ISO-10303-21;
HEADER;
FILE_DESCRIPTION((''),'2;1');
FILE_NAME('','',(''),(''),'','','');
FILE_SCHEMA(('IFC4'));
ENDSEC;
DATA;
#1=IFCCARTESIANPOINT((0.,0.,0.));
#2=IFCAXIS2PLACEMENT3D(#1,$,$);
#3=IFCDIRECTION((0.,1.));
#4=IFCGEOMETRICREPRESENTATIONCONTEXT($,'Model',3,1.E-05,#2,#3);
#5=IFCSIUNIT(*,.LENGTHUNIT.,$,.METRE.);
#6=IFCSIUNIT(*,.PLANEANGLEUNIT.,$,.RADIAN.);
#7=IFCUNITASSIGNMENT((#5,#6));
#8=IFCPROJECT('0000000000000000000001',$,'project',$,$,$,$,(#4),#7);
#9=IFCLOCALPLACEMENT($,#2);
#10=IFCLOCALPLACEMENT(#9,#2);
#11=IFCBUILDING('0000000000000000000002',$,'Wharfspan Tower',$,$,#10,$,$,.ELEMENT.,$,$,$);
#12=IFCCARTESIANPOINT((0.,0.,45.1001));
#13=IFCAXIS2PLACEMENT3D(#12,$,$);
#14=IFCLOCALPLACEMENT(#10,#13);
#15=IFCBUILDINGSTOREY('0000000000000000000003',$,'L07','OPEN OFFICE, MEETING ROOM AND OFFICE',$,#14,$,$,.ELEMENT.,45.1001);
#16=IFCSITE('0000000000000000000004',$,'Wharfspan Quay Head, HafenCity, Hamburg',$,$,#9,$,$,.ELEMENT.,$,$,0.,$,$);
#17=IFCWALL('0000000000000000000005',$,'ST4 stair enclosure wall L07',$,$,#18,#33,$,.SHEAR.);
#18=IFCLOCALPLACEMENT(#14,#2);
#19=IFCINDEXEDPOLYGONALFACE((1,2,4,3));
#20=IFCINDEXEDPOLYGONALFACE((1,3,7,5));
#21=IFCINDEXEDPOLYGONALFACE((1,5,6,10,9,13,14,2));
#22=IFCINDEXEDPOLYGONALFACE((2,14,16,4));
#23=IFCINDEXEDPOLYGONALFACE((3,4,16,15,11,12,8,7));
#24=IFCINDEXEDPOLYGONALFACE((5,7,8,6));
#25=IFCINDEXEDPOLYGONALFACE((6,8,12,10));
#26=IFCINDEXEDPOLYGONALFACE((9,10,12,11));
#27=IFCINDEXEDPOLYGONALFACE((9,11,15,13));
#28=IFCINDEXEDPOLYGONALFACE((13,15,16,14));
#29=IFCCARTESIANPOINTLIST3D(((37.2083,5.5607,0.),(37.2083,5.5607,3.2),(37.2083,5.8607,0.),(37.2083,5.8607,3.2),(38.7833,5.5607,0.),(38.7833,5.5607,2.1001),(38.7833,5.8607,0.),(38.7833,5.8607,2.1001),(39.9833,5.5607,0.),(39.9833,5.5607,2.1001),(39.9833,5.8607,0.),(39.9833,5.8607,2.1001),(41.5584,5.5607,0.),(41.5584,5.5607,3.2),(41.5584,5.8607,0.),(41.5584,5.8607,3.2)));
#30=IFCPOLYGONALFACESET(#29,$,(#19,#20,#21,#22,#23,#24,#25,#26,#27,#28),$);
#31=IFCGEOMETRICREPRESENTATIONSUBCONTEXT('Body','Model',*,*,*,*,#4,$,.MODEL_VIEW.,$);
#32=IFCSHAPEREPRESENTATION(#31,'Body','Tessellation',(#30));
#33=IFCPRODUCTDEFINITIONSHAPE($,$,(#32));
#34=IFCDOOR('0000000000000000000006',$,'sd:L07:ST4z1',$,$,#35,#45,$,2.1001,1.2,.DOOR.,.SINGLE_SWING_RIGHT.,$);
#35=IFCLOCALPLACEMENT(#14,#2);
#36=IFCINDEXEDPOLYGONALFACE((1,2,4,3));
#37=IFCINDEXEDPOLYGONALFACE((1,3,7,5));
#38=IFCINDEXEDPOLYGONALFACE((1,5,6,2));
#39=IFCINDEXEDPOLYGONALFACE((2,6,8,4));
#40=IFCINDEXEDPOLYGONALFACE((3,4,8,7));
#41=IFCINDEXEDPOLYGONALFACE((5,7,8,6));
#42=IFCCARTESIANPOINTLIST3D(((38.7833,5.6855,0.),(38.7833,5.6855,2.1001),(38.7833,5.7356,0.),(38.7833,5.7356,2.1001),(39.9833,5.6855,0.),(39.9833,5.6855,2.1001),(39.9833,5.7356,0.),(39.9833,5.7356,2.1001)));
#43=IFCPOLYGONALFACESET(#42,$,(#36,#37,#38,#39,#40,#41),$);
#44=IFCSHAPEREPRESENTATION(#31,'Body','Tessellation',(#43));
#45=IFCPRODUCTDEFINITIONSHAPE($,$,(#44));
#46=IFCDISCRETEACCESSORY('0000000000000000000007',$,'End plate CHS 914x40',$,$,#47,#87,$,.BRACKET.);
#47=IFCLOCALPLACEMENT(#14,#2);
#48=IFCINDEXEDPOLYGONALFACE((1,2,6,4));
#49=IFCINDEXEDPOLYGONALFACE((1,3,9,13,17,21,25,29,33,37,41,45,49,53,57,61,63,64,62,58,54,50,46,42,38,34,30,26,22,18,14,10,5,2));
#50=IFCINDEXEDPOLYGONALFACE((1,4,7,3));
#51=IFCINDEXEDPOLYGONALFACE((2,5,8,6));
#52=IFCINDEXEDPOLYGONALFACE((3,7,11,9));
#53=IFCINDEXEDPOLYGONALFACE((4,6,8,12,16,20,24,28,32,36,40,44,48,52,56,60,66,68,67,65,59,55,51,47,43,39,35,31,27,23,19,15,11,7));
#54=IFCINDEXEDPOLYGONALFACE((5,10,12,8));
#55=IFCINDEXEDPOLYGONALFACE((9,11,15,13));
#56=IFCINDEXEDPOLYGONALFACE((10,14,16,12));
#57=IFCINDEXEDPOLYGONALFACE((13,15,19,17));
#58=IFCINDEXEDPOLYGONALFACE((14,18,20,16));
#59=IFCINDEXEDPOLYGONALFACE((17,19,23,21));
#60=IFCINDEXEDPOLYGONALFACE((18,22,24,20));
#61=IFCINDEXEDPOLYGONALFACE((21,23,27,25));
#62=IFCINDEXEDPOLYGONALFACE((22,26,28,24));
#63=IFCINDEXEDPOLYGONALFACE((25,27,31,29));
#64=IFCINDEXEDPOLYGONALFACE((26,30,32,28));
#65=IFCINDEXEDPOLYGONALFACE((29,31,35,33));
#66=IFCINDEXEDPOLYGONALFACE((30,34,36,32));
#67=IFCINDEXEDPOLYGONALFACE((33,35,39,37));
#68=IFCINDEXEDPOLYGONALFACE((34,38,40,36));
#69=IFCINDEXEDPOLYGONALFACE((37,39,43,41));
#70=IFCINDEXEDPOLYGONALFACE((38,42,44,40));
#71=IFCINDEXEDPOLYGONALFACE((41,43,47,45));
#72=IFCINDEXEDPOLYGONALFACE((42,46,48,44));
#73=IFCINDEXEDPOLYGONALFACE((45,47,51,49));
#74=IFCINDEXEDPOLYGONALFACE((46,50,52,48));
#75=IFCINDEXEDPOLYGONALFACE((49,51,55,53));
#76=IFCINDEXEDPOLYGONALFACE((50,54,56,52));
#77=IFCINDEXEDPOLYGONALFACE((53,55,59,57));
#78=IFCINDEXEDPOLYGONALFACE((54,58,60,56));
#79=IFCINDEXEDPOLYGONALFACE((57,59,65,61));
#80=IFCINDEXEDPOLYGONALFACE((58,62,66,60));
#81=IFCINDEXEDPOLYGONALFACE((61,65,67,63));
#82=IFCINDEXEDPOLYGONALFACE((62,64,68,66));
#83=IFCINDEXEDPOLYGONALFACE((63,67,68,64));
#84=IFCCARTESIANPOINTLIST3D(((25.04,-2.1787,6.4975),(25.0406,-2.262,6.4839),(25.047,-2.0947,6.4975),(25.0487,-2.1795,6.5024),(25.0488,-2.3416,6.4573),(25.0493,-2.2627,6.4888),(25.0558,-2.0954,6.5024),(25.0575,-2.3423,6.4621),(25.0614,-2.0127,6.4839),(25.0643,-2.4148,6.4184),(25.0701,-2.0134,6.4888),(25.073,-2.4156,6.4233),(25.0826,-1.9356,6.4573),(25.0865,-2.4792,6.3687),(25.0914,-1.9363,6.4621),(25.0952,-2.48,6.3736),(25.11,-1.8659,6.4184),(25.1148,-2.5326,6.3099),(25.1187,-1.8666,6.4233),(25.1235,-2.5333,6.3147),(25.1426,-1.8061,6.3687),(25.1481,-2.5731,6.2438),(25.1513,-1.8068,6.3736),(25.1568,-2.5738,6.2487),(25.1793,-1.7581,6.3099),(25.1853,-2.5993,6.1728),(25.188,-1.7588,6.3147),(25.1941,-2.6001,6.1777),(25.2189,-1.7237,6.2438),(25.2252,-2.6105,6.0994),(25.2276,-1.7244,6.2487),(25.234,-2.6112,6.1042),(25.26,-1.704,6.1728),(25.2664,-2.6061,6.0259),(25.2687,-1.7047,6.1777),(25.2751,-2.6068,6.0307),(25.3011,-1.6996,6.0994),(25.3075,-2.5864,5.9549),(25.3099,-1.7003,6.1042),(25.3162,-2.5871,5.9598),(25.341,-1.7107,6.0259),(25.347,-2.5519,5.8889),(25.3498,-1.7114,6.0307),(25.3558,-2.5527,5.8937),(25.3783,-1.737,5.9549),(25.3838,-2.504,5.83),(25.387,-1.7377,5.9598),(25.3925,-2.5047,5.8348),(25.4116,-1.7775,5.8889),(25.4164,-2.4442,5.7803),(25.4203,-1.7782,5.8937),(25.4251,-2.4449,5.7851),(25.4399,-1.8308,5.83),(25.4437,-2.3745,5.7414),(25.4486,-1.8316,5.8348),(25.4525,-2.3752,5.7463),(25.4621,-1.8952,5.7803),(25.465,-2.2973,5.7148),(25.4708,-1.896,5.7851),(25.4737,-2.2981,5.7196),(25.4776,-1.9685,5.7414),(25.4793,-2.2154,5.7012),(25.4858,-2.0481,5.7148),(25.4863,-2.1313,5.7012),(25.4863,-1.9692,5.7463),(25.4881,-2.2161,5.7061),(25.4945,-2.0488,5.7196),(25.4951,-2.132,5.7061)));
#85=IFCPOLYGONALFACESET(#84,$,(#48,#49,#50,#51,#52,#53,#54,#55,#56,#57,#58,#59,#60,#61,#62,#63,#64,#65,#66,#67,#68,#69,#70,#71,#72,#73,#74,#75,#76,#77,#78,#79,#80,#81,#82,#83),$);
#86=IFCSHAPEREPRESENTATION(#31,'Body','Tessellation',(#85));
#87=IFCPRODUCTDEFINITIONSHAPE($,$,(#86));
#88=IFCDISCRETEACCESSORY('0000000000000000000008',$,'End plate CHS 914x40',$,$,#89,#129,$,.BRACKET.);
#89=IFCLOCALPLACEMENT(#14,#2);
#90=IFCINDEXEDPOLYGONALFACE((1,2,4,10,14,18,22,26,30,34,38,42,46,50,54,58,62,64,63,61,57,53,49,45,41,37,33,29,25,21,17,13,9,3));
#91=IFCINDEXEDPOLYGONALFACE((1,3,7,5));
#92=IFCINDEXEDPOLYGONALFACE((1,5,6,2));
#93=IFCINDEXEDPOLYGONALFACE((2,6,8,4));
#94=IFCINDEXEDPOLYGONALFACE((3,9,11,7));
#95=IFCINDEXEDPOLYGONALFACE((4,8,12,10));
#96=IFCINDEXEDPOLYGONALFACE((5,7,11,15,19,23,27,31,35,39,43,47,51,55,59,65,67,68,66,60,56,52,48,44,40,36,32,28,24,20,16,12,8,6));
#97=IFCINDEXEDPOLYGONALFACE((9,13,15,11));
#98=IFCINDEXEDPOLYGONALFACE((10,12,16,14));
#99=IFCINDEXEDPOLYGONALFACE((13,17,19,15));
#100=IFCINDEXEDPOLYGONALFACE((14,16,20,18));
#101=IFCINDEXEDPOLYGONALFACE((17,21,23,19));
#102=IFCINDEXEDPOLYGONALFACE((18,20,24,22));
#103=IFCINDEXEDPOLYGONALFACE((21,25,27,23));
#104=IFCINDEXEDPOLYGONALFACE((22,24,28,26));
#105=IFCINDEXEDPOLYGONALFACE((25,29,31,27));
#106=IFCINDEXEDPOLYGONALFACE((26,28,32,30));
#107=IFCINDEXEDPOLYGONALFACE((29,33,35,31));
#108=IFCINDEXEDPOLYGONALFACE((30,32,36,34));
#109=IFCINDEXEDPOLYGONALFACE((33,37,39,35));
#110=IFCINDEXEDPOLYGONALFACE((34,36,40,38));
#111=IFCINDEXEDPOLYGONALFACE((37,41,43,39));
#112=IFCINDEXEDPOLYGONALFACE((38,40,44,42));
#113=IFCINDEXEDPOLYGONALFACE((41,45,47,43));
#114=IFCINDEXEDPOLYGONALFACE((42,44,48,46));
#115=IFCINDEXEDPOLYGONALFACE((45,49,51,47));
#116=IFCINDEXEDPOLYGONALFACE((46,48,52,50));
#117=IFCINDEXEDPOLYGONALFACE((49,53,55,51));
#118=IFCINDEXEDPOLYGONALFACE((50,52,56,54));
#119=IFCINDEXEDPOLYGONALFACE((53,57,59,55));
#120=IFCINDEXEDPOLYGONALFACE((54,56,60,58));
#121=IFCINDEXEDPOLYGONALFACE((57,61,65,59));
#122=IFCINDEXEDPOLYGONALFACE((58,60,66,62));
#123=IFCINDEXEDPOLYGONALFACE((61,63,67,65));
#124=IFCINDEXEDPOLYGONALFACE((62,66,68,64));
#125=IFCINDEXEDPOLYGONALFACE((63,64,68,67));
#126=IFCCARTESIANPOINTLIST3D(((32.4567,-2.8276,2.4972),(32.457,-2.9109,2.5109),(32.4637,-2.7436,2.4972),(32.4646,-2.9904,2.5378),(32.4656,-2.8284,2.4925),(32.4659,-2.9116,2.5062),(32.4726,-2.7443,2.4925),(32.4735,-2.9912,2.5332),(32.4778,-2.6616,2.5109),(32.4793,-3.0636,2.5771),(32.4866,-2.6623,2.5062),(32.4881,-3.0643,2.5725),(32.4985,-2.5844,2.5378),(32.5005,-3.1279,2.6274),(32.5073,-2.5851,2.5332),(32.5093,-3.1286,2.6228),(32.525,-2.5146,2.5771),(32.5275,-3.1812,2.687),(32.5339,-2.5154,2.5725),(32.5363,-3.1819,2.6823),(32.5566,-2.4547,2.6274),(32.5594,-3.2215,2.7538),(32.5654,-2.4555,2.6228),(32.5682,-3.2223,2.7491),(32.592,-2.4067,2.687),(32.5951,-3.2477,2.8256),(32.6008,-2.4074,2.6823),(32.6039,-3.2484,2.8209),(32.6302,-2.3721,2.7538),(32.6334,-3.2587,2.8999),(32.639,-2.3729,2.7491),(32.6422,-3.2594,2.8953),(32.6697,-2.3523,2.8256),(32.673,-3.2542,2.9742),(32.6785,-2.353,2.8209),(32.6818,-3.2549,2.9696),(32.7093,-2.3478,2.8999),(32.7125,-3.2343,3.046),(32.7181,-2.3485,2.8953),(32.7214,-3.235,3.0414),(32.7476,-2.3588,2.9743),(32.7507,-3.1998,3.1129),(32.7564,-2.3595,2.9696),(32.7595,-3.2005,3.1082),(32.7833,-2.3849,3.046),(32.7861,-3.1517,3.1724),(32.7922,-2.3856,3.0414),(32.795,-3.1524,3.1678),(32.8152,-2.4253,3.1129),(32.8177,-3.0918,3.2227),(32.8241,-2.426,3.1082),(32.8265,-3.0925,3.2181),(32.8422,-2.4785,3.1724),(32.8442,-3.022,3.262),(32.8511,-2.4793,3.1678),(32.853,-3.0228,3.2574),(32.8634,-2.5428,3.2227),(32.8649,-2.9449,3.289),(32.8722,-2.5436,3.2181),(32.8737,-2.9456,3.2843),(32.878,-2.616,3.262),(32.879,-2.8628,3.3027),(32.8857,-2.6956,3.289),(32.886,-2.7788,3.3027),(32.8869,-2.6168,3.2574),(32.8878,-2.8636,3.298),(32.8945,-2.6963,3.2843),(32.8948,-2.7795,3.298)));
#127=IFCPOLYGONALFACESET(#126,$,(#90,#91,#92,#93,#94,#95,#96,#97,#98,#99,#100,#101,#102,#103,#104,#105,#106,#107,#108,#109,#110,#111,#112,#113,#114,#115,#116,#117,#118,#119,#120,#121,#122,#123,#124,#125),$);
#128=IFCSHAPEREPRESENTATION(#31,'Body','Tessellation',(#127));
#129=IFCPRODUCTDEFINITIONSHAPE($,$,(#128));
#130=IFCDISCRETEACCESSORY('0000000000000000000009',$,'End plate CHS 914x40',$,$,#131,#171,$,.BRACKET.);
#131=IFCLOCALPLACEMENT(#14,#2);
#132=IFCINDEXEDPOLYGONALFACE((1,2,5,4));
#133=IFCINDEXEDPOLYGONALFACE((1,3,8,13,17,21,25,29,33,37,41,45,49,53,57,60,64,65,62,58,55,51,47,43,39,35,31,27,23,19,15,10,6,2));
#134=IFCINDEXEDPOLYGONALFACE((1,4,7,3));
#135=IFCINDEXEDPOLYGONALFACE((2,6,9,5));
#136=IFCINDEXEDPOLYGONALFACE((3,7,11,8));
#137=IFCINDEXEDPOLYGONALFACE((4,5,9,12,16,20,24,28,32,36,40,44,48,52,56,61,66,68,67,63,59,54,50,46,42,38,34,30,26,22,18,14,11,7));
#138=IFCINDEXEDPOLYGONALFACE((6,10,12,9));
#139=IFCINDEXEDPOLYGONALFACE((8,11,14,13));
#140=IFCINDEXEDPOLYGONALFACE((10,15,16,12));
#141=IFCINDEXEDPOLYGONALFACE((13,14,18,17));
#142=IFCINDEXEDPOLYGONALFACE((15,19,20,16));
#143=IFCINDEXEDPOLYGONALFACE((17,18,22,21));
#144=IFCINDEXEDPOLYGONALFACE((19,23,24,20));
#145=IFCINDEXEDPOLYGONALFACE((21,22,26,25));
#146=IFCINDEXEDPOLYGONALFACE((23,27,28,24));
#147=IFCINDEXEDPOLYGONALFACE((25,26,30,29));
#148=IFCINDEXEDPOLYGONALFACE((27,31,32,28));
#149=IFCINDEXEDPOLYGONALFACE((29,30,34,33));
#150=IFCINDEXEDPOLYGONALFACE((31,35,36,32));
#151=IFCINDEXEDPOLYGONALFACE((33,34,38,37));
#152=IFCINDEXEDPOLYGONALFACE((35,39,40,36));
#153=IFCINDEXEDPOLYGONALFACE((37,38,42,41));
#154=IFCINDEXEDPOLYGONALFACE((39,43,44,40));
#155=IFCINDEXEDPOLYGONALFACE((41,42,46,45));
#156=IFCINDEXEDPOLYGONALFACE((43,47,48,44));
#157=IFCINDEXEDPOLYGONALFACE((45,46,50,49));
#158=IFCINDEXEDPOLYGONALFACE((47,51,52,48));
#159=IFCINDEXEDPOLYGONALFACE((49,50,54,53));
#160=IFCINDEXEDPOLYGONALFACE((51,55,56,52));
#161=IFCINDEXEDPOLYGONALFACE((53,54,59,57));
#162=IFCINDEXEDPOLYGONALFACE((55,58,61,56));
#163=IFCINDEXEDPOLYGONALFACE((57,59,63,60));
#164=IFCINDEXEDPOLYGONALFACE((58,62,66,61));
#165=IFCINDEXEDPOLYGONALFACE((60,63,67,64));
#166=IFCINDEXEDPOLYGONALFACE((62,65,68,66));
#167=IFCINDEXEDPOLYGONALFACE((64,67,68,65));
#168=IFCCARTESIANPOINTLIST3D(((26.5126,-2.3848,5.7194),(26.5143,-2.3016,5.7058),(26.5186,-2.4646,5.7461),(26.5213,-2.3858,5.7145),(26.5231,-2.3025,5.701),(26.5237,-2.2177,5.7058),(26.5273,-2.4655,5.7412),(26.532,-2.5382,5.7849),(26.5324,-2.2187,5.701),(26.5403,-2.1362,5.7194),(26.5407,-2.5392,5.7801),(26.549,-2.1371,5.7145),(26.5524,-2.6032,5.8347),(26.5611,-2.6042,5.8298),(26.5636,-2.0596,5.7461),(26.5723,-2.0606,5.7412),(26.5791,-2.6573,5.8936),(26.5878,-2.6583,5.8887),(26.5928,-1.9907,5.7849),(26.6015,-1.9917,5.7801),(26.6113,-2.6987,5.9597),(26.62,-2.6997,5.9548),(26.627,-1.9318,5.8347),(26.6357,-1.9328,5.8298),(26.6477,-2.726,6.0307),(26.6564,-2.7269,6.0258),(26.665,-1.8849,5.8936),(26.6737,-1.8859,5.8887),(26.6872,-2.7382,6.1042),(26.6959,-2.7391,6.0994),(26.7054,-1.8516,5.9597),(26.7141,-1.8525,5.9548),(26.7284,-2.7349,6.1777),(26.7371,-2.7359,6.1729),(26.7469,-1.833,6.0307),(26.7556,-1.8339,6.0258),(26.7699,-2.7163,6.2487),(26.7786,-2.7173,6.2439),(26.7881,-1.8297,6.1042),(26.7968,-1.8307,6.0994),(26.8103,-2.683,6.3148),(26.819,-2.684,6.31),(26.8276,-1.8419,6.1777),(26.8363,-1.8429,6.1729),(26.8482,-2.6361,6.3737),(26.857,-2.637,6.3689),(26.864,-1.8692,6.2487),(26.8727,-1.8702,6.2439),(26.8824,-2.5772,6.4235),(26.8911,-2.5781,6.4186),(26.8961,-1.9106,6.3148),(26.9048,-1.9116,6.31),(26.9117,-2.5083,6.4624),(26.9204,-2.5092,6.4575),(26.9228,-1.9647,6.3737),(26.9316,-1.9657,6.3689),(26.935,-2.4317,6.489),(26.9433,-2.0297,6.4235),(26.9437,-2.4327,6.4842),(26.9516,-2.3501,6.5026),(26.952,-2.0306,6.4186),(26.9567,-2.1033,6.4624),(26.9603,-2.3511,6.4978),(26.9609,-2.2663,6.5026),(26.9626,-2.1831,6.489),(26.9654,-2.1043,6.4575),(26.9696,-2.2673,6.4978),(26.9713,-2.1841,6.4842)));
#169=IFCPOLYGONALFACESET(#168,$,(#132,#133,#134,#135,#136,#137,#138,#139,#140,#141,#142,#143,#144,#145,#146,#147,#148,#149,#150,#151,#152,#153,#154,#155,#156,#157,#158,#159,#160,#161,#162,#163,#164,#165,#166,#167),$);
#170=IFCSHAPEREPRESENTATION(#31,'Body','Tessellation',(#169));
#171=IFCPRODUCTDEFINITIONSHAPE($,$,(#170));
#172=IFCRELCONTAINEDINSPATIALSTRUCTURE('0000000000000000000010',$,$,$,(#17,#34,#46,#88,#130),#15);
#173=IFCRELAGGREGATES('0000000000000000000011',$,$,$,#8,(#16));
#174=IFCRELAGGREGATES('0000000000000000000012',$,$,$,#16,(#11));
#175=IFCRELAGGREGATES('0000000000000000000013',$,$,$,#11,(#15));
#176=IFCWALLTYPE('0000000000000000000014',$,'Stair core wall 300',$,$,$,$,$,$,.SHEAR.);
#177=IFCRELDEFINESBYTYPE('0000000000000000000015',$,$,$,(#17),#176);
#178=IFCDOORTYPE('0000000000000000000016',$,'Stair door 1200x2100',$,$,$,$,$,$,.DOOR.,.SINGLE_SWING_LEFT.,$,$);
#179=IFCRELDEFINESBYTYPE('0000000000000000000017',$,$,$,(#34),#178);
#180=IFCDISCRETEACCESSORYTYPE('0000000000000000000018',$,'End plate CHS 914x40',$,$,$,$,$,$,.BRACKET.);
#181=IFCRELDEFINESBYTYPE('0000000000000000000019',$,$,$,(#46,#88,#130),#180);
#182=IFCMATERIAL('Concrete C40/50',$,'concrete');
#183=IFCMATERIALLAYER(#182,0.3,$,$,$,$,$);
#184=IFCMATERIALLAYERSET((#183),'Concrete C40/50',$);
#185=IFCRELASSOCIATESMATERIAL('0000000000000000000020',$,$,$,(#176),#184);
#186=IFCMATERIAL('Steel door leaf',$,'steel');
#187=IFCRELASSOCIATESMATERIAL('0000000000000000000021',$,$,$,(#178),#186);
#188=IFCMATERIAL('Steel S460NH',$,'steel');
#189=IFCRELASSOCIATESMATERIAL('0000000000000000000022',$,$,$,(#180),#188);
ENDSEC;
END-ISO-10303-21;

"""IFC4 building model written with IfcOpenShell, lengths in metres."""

from ifc_helpers import new_model, si_unit, direction, frame, frame_2d, origin, origin_2d, place, context, subcontext, project, spatial, rectangle, circle, extrude, material, layer, layer_set, material_profile, profile_set, type_object, element, fill, save


model = new_model("IFC4")

# Units and contexts
model_context = context("Model", 3, precision=1e-05, world=origin(), true_north=direction((0.0, 1.0)))
body_context = subcontext(model_context, "Body", "Model", "MODEL_VIEW")
ifc_project = project(units=[si_unit("LENGTHUNIT", "METRE"), si_unit("PLANEANGLEUNIT", "RADIAN")], contexts=[model_context])

# Site, building, storey
site_placement = place(None, origin())
site = spatial("IfcSite", under=ifc_project, at=site_placement, Name="Wharfspan Quay Head, HafenCity, Hamburg", CompositionType="ELEMENT", RefElevation=0.0)
building_placement = place(site_placement, origin())
building = spatial("IfcBuilding", under=site, at=building_placement, Name="Wharfspan Tower", CompositionType="ELEMENT")
storey_placement = place(building_placement, frame((0.0, 0.0, 45.1001)))
storey = spatial("IfcBuildingStorey", under=building, at=storey_placement, Name="L07", Description="OPEN OFFICE, MEETING ROOM AND OFFICE", CompositionType="ELEMENT", Elevation=45.1001)

# Shared definitions
ifc_material_1 = material(Name="Steel S460NH", Category="steel")

# Shared definitions
ifc_material_2 = material(Name="Concrete C40/50", Category="concrete")

# Wall, opening, door
ifc_layer_1 = layer(ifc_material_2, 0.3)
ifc_layer_set_1 = layer_set([ifc_layer_1], Name="Concrete C40/50")
wall_type_1 = type_object("IfcWallType", Name="Stair core wall 300", PredefinedType="SHEAR", material=ifc_layer_set_1)
wall_1_placement = place(storey_placement, frame((37.2083, 5.7107, 0.0), z_axis=(0.0, 0.0, 1.0), x_axis=(1.0, 0.0, 0.0)))
wall_1 = element("IfcWall", 1, at=wall_1_placement, inside=storey, type_object=wall_type_1, Name="ST4 stair enclosure wall L07", PredefinedType="SHEAR", context=body_context, shape_type="SweptSolid", body=[
    extrude(rectangle(XDim=4.3501, YDim=0.3, at=frame_2d((2.175, 0.0))), origin(), (0.0, 0.0, 1.0), 3.2),
])
opening_placement = place(wall_1_placement, frame((1.575, 0.0, 0.0)))
opening = element("IfcOpeningElement", 2, at=opening_placement, cuts=wall_1, PredefinedType="OPENING", context=body_context, shape_type="SweptSolid", body=[
    extrude(rectangle(XDim=1.2, YDim=2.1001, at=frame_2d((0.6001, 1.05))), frame((0.0, 0.1599, 0.0), z_axis=(0.0, -1.0, 0.0), x_axis=(1.0, 0.0, 0.0)), (0.0, 0.0, 1.0), 0.3201),
])
ifc_material_3 = material(Name="Steel door leaf", Category="steel")
door_type = type_object("IfcDoorType", Name="Stair door 1200x2100", OperationType="SINGLE_SWING_LEFT", PredefinedType="DOOR", material=ifc_material_3)
door_placement = place(opening_placement, origin())
door = element("IfcDoor", 3, at=door_placement, inside=storey, type_object=door_type, Name="sd:L07:ST4z1", OperationType="SINGLE_SWING_RIGHT", OverallHeight=2.1001, OverallWidth=1.2, PredefinedType="DOOR", context=body_context, shape_type="SweptSolid", body=[
    extrude(rectangle(XDim=1.2, YDim=2.1001, at=frame_2d((0.6001, 1.05))), frame((0.0, 0.0249, 0.0), z_axis=(0.0, -1.0, 0.0), x_axis=(1.0, 0.0, 0.0)), (0.0, 0.0, 1.0), 0.05),
])
fill(opening, door)

# Discrete accessories
ifc_material_profile_1 = material_profile(ifc_material_1, circle(Radius=0.457, at=origin_2d()))
ifc_profile_set_1 = profile_set([ifc_material_profile_1], Name="Steel S460NH")
discrete_accessory_type = type_object("IfcDiscreteAccessoryType", Name="End plate CHS 914x40", PredefinedType="BRACKET", material=ifc_profile_set_1)
for number, where, z_axis, x_axis, name in (
    (4, (25.2632, -2.155, 6.0994), (0.871847, -0.072654, 0.484359), (0.083044, 0.996547, 0.000003), "End plate CHS 914x40"),
    (5, (32.6802, -2.804, 2.8953), (-0.881993, 0.073499, 0.465496), (-0.083046, -0.996545, -0.000002), "End plate CHS 914x40"),
    (6, (26.7463, -2.2849, 6.0994), (-0.870063, 0.096674, 0.483368), (-0.110432, -0.993885, 0.0), "End plate CHS 914x40"),
):
    element("IfcDiscreteAccessory", number, at=place(storey_placement, frame(where, z_axis=z_axis, x_axis=x_axis)), inside=storey, type_object=discrete_accessory_type, Name=name, PredefinedType="BRACKET", context=body_context, shape_type="SweptSolid", body=[
        extrude(circle(Radius=0.457, at=origin_2d()), origin(), (0.0, 0.0, 1.0), 0.01),
    ])

save(model, "model.ifc")
